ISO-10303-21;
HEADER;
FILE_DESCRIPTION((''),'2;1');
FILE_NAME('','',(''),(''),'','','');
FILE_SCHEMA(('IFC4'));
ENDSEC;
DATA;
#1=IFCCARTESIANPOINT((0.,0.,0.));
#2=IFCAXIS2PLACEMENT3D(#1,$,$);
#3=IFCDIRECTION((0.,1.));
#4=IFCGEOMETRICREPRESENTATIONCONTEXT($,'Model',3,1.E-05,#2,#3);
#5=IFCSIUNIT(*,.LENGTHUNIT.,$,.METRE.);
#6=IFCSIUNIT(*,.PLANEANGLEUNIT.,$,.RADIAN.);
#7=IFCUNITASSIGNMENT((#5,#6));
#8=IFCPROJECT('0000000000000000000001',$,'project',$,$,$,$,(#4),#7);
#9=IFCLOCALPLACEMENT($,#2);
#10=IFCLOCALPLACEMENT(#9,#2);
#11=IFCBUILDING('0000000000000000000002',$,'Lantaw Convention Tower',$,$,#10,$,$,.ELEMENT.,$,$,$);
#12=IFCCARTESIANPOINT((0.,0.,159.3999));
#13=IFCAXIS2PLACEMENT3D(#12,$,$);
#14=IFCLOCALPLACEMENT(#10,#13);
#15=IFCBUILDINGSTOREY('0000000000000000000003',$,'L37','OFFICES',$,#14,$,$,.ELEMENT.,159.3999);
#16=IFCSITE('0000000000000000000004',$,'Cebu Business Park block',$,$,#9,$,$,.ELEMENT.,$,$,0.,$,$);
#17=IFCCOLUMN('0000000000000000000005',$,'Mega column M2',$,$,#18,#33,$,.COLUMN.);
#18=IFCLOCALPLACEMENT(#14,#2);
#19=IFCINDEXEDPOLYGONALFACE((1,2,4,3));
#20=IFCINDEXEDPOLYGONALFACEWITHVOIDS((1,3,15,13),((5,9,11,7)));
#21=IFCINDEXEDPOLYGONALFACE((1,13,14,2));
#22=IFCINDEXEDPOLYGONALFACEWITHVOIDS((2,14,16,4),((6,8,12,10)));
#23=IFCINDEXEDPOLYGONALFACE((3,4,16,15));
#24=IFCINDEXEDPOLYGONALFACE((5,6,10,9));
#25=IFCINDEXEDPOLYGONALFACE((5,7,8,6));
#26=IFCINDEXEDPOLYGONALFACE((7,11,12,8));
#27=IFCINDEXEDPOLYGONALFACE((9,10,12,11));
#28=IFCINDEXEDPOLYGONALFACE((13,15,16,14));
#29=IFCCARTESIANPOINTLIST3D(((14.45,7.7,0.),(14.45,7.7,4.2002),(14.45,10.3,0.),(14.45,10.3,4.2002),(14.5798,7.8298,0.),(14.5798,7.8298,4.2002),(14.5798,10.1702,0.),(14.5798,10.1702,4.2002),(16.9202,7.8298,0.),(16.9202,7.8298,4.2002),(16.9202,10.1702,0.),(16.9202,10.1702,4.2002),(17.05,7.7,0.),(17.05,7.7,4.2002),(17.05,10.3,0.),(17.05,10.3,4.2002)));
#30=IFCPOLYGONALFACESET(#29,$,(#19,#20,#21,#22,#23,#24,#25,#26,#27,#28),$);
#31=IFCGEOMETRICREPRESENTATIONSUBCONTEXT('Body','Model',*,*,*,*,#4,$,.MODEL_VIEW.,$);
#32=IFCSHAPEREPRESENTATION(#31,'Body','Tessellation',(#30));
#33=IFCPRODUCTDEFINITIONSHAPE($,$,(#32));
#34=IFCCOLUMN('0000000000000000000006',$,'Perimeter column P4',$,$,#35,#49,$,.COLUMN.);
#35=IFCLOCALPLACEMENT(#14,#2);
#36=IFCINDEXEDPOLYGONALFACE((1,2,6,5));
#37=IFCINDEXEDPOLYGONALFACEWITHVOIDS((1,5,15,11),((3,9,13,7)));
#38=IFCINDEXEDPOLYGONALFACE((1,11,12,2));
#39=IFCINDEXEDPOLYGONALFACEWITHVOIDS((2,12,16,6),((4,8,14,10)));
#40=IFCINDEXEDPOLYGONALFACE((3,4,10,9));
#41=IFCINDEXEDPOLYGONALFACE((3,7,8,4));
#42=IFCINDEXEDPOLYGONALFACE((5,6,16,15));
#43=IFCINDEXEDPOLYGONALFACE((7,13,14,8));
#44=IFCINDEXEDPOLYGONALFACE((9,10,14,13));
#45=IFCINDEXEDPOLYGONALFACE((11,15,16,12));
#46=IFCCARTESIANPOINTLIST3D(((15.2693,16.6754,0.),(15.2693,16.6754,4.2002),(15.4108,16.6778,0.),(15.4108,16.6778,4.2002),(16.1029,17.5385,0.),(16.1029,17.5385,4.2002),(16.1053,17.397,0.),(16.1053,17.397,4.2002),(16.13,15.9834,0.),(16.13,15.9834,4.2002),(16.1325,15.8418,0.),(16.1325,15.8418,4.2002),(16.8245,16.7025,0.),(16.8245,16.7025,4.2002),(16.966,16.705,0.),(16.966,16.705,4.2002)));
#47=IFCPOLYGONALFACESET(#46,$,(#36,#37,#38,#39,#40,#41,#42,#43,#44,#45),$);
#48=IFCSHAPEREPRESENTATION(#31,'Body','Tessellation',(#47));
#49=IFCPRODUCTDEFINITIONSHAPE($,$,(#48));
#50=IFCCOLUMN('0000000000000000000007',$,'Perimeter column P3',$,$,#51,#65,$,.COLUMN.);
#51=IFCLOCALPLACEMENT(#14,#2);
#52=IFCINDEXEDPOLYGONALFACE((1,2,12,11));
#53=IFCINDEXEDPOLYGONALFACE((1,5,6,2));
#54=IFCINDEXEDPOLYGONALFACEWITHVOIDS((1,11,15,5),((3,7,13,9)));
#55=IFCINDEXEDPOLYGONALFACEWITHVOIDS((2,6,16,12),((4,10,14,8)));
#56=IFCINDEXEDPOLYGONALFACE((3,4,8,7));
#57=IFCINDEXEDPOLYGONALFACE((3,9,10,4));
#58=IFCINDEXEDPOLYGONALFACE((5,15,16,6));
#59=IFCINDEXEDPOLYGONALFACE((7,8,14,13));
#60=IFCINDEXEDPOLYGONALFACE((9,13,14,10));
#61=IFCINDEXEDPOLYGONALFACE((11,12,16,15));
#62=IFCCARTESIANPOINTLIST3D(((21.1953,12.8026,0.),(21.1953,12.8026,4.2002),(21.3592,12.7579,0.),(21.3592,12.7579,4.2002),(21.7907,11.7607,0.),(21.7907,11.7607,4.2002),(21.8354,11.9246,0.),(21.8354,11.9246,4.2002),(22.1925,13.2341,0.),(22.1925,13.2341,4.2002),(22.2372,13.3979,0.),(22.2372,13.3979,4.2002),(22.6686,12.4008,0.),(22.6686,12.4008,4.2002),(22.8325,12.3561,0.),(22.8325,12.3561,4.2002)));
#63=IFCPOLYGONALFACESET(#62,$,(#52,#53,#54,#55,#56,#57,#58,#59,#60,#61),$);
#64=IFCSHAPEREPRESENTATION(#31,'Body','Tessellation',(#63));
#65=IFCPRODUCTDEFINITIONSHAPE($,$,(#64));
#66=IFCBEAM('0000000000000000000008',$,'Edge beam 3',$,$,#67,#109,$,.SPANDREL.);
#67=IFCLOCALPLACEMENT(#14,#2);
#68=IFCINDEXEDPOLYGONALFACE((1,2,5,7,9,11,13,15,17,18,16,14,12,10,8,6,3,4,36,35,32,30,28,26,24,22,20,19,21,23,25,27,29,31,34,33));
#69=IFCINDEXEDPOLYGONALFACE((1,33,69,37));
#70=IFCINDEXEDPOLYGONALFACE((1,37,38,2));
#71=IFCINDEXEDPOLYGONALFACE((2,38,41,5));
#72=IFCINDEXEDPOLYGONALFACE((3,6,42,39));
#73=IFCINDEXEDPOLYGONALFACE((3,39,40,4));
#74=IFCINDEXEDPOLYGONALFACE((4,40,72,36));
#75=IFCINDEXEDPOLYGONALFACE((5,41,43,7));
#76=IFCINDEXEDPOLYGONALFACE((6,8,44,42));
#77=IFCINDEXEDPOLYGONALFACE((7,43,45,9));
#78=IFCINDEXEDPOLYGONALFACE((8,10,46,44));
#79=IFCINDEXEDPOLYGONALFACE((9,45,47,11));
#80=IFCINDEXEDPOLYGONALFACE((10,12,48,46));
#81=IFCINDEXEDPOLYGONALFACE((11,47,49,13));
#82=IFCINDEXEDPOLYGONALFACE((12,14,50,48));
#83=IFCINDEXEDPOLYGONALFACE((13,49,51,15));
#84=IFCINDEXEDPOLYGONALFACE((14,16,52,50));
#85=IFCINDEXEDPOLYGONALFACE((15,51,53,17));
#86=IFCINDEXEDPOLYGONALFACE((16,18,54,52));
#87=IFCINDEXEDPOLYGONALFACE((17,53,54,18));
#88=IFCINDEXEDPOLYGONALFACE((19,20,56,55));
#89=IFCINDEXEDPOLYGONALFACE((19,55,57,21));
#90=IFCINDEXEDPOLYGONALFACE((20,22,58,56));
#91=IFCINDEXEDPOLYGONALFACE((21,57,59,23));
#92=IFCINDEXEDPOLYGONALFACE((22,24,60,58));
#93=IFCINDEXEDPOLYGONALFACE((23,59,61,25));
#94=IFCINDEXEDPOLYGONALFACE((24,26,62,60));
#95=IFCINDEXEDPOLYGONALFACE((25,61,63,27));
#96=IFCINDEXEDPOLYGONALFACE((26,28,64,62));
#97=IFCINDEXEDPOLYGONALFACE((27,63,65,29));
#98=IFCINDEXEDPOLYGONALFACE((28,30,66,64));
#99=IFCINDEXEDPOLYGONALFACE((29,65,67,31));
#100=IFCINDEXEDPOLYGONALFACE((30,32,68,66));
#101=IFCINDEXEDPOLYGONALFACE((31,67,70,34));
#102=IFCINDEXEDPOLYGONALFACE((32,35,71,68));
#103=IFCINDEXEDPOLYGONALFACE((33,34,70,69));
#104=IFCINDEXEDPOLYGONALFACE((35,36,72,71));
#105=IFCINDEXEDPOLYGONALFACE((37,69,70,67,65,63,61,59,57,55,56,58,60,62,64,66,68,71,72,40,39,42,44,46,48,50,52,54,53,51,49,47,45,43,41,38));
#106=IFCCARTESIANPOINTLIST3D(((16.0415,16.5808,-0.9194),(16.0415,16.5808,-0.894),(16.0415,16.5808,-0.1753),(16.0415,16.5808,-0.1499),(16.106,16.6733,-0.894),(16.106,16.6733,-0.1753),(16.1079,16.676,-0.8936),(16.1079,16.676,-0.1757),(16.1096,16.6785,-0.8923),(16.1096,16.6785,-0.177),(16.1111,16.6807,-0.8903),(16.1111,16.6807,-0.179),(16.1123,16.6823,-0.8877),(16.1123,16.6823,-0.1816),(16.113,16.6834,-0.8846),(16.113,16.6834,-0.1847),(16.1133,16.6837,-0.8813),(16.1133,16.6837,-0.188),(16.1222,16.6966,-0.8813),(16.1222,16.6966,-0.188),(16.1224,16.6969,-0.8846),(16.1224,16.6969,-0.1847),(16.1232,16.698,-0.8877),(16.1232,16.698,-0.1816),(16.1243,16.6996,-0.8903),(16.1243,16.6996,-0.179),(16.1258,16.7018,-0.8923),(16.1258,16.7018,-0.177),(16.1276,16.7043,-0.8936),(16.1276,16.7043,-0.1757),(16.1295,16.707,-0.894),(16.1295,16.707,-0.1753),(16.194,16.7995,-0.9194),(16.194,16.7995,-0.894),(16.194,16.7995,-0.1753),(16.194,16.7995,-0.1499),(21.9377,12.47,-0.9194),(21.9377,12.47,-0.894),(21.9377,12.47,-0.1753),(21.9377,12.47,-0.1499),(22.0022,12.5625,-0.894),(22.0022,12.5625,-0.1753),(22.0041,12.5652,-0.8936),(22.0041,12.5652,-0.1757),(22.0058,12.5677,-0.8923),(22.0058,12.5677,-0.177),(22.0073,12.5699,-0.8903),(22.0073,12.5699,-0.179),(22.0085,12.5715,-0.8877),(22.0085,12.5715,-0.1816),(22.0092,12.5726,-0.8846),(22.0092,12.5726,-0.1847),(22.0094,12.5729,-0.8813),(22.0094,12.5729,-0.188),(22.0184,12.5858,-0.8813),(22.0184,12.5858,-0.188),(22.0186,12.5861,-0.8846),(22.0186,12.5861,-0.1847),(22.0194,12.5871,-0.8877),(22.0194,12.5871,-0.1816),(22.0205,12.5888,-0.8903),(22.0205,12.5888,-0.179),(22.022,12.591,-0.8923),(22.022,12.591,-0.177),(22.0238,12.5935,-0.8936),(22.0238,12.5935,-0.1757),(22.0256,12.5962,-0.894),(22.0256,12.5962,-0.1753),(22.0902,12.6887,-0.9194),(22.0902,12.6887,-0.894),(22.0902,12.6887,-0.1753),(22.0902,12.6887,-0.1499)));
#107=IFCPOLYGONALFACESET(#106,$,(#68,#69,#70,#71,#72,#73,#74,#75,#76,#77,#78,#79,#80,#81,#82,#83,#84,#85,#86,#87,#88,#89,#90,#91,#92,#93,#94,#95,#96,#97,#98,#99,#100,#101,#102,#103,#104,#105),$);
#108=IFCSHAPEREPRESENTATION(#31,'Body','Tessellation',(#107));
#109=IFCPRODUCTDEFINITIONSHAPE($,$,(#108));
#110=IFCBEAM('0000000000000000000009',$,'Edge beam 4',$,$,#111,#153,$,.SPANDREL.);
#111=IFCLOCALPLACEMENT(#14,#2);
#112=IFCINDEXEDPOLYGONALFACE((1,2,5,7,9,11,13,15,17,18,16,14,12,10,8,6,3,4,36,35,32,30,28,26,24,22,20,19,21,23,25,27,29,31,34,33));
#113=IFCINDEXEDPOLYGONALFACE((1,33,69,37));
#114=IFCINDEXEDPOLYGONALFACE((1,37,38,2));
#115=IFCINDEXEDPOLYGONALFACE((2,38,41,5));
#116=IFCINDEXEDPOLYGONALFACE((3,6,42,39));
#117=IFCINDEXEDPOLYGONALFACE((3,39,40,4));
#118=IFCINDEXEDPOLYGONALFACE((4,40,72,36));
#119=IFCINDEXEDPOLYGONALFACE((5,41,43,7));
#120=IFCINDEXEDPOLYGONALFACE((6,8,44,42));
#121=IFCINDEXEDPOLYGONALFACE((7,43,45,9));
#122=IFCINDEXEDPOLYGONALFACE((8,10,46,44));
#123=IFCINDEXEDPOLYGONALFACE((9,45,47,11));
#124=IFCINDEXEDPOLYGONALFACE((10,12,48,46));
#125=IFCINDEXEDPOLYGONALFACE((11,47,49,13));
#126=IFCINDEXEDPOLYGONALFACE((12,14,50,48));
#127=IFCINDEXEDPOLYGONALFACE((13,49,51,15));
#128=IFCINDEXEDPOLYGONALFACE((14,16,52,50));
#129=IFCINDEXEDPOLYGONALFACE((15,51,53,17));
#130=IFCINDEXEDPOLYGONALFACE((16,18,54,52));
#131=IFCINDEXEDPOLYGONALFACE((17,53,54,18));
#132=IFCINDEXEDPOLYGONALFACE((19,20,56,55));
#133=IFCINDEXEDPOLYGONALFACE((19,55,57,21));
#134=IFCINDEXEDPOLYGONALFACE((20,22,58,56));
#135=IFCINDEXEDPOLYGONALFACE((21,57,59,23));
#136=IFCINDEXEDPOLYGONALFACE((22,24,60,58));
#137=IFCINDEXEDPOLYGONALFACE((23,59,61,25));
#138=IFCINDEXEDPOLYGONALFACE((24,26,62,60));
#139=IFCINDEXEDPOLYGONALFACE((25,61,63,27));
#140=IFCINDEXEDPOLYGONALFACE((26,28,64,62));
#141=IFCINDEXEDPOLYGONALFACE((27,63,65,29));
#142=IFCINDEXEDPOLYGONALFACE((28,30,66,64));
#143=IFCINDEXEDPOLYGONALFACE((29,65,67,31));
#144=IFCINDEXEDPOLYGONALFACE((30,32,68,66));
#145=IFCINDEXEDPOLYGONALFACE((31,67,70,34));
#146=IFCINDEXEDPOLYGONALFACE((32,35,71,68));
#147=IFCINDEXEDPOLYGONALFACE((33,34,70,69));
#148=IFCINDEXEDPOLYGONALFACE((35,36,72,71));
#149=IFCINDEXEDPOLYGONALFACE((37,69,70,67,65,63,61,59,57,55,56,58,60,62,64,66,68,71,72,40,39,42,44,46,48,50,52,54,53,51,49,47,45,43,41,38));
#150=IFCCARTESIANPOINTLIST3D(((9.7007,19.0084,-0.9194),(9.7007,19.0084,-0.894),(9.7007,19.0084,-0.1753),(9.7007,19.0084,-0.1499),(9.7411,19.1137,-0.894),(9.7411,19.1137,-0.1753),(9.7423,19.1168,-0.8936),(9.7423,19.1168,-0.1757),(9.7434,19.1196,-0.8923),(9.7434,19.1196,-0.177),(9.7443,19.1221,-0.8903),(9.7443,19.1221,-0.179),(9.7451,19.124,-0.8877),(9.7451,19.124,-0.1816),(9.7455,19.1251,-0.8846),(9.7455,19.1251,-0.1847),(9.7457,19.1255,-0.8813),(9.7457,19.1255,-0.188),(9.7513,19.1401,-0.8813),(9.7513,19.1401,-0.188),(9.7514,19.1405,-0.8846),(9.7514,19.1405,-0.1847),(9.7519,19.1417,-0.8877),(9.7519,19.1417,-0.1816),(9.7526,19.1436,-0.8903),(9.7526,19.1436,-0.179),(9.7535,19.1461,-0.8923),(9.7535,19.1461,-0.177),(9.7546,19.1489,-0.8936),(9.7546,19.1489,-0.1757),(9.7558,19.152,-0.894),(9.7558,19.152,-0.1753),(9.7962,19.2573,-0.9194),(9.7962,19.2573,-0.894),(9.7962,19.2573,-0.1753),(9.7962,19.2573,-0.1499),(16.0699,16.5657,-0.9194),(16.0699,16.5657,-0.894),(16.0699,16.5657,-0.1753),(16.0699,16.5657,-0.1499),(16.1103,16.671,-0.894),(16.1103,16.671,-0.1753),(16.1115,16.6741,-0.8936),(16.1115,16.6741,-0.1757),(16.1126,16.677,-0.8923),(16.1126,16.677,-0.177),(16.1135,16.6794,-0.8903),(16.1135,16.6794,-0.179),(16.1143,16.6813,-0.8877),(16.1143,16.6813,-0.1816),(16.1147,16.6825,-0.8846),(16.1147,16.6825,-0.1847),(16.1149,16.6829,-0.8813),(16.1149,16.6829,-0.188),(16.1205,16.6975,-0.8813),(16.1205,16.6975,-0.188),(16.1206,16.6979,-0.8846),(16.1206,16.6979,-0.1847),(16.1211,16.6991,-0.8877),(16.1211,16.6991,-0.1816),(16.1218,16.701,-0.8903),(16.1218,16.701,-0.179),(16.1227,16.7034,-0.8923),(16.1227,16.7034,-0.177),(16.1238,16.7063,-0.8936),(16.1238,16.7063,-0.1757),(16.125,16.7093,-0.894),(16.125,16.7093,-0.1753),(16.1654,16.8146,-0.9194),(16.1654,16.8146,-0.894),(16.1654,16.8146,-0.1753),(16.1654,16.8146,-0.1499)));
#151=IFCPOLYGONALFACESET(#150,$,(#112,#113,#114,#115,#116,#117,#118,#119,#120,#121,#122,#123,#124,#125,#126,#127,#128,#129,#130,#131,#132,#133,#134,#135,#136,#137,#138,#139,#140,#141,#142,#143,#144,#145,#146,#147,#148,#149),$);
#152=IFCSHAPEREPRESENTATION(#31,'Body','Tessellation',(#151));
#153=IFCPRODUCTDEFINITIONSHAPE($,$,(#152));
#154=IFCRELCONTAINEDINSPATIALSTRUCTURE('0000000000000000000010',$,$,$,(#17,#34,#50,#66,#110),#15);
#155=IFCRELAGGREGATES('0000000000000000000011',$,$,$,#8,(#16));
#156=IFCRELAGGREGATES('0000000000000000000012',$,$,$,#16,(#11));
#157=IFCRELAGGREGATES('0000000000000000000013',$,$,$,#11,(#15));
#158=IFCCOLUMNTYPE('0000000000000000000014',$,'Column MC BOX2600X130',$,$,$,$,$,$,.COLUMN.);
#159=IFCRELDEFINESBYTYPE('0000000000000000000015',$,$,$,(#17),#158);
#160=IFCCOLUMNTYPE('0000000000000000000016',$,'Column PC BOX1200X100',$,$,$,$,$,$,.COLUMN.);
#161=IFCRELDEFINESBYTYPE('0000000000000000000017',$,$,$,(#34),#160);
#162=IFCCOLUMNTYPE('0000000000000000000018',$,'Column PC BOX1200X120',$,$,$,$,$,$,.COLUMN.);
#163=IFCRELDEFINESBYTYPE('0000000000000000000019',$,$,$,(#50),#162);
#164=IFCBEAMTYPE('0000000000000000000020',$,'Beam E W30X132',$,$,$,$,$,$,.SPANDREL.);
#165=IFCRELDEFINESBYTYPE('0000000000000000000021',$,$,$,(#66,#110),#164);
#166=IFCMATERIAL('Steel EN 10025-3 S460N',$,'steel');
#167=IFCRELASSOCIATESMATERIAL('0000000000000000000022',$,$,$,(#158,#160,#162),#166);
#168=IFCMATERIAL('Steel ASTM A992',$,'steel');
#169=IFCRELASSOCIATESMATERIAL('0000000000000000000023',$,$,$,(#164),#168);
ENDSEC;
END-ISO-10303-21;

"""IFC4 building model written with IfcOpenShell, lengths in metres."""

from ifc_helpers import new_model, si_unit, direction, frame, origin, origin_2d, place, context, subcontext, project, spatial, rectangle, hollow_rectangle, i_section, extrude, material, material_profile, profile_set, type_object, element, save


model = new_model("IFC4")

# Units and contexts
model_context = context("Model", 3, precision=1e-05, world=origin(), true_north=direction((0.0, 1.0)))
body_context = subcontext(model_context, "Body", "Model", "MODEL_VIEW")
ifc_project = project(units=[si_unit("LENGTHUNIT", "METRE"), si_unit("PLANEANGLEUNIT", "RADIAN")], contexts=[model_context])

# Site, building, storey
site_placement = place(None, origin())
site = spatial("IfcSite", under=ifc_project, at=site_placement, Name="Cebu Business Park block", CompositionType="ELEMENT", RefElevation=0.0)
building_placement = place(site_placement, origin())
building = spatial("IfcBuilding", under=site, at=building_placement, Name="Lantaw Convention Tower", CompositionType="ELEMENT")
storey_placement = place(building_placement, frame((0.0, 0.0, 159.3999)))
storey = spatial("IfcBuildingStorey", under=building, at=storey_placement, Name="L37", Description="OFFICES", CompositionType="ELEMENT", Elevation=159.3999)

# Columns
ifc_material_1 = material(Name="Steel EN 10025-3 S460N", Category="steel")
ifc_material_profile_1 = material_profile(ifc_material_1, hollow_rectangle(XDim=2.6001, YDim=2.6001, WallThickness=0.1299, at=origin_2d()), Name="BOX2600X130")
ifc_material_2 = material(Name="Concrete C60/75", Category="concrete")
ifc_material_profile_2 = material_profile(ifc_material_2, rectangle(XDim=2.3401, YDim=2.3401, at=origin_2d()), Name="Concrete fill of BOX2600X130")
ifc_profile_set_1 = profile_set([ifc_material_profile_1, ifc_material_profile_2], Name="Steel EN 10025-3 S460N")
column_type_1 = type_object("IfcColumnType", Name="Column MC BOX2600X130", PredefinedType="COLUMN", material=ifc_profile_set_1)
column_1_placement = place(storey_placement, frame((15.75, 9.0, 0.0), z_axis=(0.0, 0.0, 1.0), x_axis=(1.0, 0.0, 0.0)))
element("IfcColumn", 1, at=column_1_placement, inside=storey, type_object=column_type_1, Name="Mega column M2", PredefinedType="COLUMN", context=body_context, shape_type="SweptSolid", body=[
    extrude(hollow_rectangle(XDim=2.6001, YDim=2.6001, WallThickness=0.1299, at=origin_2d()), origin(), (0.0, 0.0, 1.0), 4.2002),
])
ifc_material_profile_3 = material_profile(ifc_material_1, hollow_rectangle(XDim=1.2, YDim=1.2, WallThickness=0.1001, at=origin_2d()), Name="BOX1200X100")
ifc_material_profile_4 = material_profile(ifc_material_2, rectangle(XDim=1.0, YDim=1.0, at=origin_2d()), Name="Concrete fill of BOX1200X100")
ifc_profile_set_2 = profile_set([ifc_material_profile_3, ifc_material_profile_4], Name="Steel EN 10025-3 S460N")
column_type_2 = type_object("IfcColumnType", Name="Column PC BOX1200X100", PredefinedType="COLUMN", material=ifc_profile_set_2)
column_2_placement = place(storey_placement, frame((16.1177, 16.6902, 0.0), z_axis=(0.0, 0.0, 1.0), x_axis=(0.694658, 0.71934, 0.0)))
element("IfcColumn", 2, at=column_2_placement, inside=storey, type_object=column_type_2, Name="Perimeter column P4", PredefinedType="COLUMN", context=body_context, shape_type="SweptSolid", body=[
    extrude(hollow_rectangle(XDim=1.2, YDim=1.2, WallThickness=0.1001, at=origin_2d()), origin(), (0.0, 0.0, 1.0), 4.2002),
])
ifc_material_profile_5 = material_profile(ifc_material_1, hollow_rectangle(XDim=1.2, YDim=1.2, WallThickness=0.1201, at=origin_2d()), Name="BOX1200X120")
ifc_material_profile_6 = material_profile(ifc_material_2, rectangle(XDim=0.96, YDim=0.96, at=origin_2d()), Name="Concrete fill of BOX1200X120")
ifc_profile_set_3 = profile_set([ifc_material_profile_5, ifc_material_profile_6], Name="Steel EN 10025-3 S460N")
column_type_3 = type_object("IfcColumnType", Name="Column PC BOX1200X120", PredefinedType="COLUMN", material=ifc_profile_set_3)
column_3_placement = place(storey_placement, frame((22.0139, 12.5793, 0.0), z_axis=(0.0, 0.0, 1.0), x_axis=(0.868243, 0.496139, 0.0)))
element("IfcColumn", 3, at=column_3_placement, inside=storey, type_object=column_type_3, Name="Perimeter column P3", PredefinedType="COLUMN", context=body_context, shape_type="SweptSolid", body=[
    extrude(hollow_rectangle(XDim=1.2, YDim=1.2, WallThickness=0.1201, at=origin_2d()), origin(), (0.0, 0.0, 1.0), 4.2002),
])

# Beams
ifc_material_3 = material(Name="Steel ASTM A992", Category="steel")
ifc_material_profile_7 = material_profile(ifc_material_3, i_section(OverallWidth=0.2666, OverallDepth=0.7695, WebThickness=0.0156, FlangeThickness=0.0254, FilletRadius=0.0127, at=origin_2d()), Name="W30X132")
ifc_profile_set_4 = profile_set([ifc_material_profile_7], Name="Steel ASTM A992")
beam_type_1 = type_object("IfcBeamType", Name="Beam E W30X132", PredefinedType="SPANDREL", material=ifc_profile_set_4)
beam_1_placement = place(storey_placement, frame((22.0139, 12.5793, -0.5347), z_axis=(-0.820311, 0.571918, 0.0), x_axis=(-0.571918, -0.820311, 0.0)))
element("IfcBeam", 4, at=beam_1_placement, inside=storey, type_object=beam_type_1, Name="Edge beam 3", PredefinedType="SPANDREL", context=body_context, shape_type="SweptSolid", body=[
    extrude(i_section(OverallWidth=0.2666, OverallDepth=0.7695, WebThickness=0.0156, FlangeThickness=0.0254, FilletRadius=0.0127, at=origin_2d()), origin(), (0.0, 0.0, 1.0), 7.1877),
])
beam_2_placement = place(storey_placement, frame((16.1177, 16.6902, -0.5347), z_axis=(-0.933691, 0.35808, 0.0), x_axis=(-0.35808, -0.933691, 0.0)))
element("IfcBeam", 5, at=beam_2_placement, inside=storey, type_object=beam_type_1, Name="Edge beam 4", PredefinedType="SPANDREL", context=body_context, shape_type="SweptSolid", body=[
    extrude(i_section(OverallWidth=0.2666, OverallDepth=0.7695, WebThickness=0.0156, FlangeThickness=0.0254, FilletRadius=0.0127, at=origin_2d()), origin(), (0.0, 0.0, 1.0), 6.8215),
])

save(model, "model.ifc")
